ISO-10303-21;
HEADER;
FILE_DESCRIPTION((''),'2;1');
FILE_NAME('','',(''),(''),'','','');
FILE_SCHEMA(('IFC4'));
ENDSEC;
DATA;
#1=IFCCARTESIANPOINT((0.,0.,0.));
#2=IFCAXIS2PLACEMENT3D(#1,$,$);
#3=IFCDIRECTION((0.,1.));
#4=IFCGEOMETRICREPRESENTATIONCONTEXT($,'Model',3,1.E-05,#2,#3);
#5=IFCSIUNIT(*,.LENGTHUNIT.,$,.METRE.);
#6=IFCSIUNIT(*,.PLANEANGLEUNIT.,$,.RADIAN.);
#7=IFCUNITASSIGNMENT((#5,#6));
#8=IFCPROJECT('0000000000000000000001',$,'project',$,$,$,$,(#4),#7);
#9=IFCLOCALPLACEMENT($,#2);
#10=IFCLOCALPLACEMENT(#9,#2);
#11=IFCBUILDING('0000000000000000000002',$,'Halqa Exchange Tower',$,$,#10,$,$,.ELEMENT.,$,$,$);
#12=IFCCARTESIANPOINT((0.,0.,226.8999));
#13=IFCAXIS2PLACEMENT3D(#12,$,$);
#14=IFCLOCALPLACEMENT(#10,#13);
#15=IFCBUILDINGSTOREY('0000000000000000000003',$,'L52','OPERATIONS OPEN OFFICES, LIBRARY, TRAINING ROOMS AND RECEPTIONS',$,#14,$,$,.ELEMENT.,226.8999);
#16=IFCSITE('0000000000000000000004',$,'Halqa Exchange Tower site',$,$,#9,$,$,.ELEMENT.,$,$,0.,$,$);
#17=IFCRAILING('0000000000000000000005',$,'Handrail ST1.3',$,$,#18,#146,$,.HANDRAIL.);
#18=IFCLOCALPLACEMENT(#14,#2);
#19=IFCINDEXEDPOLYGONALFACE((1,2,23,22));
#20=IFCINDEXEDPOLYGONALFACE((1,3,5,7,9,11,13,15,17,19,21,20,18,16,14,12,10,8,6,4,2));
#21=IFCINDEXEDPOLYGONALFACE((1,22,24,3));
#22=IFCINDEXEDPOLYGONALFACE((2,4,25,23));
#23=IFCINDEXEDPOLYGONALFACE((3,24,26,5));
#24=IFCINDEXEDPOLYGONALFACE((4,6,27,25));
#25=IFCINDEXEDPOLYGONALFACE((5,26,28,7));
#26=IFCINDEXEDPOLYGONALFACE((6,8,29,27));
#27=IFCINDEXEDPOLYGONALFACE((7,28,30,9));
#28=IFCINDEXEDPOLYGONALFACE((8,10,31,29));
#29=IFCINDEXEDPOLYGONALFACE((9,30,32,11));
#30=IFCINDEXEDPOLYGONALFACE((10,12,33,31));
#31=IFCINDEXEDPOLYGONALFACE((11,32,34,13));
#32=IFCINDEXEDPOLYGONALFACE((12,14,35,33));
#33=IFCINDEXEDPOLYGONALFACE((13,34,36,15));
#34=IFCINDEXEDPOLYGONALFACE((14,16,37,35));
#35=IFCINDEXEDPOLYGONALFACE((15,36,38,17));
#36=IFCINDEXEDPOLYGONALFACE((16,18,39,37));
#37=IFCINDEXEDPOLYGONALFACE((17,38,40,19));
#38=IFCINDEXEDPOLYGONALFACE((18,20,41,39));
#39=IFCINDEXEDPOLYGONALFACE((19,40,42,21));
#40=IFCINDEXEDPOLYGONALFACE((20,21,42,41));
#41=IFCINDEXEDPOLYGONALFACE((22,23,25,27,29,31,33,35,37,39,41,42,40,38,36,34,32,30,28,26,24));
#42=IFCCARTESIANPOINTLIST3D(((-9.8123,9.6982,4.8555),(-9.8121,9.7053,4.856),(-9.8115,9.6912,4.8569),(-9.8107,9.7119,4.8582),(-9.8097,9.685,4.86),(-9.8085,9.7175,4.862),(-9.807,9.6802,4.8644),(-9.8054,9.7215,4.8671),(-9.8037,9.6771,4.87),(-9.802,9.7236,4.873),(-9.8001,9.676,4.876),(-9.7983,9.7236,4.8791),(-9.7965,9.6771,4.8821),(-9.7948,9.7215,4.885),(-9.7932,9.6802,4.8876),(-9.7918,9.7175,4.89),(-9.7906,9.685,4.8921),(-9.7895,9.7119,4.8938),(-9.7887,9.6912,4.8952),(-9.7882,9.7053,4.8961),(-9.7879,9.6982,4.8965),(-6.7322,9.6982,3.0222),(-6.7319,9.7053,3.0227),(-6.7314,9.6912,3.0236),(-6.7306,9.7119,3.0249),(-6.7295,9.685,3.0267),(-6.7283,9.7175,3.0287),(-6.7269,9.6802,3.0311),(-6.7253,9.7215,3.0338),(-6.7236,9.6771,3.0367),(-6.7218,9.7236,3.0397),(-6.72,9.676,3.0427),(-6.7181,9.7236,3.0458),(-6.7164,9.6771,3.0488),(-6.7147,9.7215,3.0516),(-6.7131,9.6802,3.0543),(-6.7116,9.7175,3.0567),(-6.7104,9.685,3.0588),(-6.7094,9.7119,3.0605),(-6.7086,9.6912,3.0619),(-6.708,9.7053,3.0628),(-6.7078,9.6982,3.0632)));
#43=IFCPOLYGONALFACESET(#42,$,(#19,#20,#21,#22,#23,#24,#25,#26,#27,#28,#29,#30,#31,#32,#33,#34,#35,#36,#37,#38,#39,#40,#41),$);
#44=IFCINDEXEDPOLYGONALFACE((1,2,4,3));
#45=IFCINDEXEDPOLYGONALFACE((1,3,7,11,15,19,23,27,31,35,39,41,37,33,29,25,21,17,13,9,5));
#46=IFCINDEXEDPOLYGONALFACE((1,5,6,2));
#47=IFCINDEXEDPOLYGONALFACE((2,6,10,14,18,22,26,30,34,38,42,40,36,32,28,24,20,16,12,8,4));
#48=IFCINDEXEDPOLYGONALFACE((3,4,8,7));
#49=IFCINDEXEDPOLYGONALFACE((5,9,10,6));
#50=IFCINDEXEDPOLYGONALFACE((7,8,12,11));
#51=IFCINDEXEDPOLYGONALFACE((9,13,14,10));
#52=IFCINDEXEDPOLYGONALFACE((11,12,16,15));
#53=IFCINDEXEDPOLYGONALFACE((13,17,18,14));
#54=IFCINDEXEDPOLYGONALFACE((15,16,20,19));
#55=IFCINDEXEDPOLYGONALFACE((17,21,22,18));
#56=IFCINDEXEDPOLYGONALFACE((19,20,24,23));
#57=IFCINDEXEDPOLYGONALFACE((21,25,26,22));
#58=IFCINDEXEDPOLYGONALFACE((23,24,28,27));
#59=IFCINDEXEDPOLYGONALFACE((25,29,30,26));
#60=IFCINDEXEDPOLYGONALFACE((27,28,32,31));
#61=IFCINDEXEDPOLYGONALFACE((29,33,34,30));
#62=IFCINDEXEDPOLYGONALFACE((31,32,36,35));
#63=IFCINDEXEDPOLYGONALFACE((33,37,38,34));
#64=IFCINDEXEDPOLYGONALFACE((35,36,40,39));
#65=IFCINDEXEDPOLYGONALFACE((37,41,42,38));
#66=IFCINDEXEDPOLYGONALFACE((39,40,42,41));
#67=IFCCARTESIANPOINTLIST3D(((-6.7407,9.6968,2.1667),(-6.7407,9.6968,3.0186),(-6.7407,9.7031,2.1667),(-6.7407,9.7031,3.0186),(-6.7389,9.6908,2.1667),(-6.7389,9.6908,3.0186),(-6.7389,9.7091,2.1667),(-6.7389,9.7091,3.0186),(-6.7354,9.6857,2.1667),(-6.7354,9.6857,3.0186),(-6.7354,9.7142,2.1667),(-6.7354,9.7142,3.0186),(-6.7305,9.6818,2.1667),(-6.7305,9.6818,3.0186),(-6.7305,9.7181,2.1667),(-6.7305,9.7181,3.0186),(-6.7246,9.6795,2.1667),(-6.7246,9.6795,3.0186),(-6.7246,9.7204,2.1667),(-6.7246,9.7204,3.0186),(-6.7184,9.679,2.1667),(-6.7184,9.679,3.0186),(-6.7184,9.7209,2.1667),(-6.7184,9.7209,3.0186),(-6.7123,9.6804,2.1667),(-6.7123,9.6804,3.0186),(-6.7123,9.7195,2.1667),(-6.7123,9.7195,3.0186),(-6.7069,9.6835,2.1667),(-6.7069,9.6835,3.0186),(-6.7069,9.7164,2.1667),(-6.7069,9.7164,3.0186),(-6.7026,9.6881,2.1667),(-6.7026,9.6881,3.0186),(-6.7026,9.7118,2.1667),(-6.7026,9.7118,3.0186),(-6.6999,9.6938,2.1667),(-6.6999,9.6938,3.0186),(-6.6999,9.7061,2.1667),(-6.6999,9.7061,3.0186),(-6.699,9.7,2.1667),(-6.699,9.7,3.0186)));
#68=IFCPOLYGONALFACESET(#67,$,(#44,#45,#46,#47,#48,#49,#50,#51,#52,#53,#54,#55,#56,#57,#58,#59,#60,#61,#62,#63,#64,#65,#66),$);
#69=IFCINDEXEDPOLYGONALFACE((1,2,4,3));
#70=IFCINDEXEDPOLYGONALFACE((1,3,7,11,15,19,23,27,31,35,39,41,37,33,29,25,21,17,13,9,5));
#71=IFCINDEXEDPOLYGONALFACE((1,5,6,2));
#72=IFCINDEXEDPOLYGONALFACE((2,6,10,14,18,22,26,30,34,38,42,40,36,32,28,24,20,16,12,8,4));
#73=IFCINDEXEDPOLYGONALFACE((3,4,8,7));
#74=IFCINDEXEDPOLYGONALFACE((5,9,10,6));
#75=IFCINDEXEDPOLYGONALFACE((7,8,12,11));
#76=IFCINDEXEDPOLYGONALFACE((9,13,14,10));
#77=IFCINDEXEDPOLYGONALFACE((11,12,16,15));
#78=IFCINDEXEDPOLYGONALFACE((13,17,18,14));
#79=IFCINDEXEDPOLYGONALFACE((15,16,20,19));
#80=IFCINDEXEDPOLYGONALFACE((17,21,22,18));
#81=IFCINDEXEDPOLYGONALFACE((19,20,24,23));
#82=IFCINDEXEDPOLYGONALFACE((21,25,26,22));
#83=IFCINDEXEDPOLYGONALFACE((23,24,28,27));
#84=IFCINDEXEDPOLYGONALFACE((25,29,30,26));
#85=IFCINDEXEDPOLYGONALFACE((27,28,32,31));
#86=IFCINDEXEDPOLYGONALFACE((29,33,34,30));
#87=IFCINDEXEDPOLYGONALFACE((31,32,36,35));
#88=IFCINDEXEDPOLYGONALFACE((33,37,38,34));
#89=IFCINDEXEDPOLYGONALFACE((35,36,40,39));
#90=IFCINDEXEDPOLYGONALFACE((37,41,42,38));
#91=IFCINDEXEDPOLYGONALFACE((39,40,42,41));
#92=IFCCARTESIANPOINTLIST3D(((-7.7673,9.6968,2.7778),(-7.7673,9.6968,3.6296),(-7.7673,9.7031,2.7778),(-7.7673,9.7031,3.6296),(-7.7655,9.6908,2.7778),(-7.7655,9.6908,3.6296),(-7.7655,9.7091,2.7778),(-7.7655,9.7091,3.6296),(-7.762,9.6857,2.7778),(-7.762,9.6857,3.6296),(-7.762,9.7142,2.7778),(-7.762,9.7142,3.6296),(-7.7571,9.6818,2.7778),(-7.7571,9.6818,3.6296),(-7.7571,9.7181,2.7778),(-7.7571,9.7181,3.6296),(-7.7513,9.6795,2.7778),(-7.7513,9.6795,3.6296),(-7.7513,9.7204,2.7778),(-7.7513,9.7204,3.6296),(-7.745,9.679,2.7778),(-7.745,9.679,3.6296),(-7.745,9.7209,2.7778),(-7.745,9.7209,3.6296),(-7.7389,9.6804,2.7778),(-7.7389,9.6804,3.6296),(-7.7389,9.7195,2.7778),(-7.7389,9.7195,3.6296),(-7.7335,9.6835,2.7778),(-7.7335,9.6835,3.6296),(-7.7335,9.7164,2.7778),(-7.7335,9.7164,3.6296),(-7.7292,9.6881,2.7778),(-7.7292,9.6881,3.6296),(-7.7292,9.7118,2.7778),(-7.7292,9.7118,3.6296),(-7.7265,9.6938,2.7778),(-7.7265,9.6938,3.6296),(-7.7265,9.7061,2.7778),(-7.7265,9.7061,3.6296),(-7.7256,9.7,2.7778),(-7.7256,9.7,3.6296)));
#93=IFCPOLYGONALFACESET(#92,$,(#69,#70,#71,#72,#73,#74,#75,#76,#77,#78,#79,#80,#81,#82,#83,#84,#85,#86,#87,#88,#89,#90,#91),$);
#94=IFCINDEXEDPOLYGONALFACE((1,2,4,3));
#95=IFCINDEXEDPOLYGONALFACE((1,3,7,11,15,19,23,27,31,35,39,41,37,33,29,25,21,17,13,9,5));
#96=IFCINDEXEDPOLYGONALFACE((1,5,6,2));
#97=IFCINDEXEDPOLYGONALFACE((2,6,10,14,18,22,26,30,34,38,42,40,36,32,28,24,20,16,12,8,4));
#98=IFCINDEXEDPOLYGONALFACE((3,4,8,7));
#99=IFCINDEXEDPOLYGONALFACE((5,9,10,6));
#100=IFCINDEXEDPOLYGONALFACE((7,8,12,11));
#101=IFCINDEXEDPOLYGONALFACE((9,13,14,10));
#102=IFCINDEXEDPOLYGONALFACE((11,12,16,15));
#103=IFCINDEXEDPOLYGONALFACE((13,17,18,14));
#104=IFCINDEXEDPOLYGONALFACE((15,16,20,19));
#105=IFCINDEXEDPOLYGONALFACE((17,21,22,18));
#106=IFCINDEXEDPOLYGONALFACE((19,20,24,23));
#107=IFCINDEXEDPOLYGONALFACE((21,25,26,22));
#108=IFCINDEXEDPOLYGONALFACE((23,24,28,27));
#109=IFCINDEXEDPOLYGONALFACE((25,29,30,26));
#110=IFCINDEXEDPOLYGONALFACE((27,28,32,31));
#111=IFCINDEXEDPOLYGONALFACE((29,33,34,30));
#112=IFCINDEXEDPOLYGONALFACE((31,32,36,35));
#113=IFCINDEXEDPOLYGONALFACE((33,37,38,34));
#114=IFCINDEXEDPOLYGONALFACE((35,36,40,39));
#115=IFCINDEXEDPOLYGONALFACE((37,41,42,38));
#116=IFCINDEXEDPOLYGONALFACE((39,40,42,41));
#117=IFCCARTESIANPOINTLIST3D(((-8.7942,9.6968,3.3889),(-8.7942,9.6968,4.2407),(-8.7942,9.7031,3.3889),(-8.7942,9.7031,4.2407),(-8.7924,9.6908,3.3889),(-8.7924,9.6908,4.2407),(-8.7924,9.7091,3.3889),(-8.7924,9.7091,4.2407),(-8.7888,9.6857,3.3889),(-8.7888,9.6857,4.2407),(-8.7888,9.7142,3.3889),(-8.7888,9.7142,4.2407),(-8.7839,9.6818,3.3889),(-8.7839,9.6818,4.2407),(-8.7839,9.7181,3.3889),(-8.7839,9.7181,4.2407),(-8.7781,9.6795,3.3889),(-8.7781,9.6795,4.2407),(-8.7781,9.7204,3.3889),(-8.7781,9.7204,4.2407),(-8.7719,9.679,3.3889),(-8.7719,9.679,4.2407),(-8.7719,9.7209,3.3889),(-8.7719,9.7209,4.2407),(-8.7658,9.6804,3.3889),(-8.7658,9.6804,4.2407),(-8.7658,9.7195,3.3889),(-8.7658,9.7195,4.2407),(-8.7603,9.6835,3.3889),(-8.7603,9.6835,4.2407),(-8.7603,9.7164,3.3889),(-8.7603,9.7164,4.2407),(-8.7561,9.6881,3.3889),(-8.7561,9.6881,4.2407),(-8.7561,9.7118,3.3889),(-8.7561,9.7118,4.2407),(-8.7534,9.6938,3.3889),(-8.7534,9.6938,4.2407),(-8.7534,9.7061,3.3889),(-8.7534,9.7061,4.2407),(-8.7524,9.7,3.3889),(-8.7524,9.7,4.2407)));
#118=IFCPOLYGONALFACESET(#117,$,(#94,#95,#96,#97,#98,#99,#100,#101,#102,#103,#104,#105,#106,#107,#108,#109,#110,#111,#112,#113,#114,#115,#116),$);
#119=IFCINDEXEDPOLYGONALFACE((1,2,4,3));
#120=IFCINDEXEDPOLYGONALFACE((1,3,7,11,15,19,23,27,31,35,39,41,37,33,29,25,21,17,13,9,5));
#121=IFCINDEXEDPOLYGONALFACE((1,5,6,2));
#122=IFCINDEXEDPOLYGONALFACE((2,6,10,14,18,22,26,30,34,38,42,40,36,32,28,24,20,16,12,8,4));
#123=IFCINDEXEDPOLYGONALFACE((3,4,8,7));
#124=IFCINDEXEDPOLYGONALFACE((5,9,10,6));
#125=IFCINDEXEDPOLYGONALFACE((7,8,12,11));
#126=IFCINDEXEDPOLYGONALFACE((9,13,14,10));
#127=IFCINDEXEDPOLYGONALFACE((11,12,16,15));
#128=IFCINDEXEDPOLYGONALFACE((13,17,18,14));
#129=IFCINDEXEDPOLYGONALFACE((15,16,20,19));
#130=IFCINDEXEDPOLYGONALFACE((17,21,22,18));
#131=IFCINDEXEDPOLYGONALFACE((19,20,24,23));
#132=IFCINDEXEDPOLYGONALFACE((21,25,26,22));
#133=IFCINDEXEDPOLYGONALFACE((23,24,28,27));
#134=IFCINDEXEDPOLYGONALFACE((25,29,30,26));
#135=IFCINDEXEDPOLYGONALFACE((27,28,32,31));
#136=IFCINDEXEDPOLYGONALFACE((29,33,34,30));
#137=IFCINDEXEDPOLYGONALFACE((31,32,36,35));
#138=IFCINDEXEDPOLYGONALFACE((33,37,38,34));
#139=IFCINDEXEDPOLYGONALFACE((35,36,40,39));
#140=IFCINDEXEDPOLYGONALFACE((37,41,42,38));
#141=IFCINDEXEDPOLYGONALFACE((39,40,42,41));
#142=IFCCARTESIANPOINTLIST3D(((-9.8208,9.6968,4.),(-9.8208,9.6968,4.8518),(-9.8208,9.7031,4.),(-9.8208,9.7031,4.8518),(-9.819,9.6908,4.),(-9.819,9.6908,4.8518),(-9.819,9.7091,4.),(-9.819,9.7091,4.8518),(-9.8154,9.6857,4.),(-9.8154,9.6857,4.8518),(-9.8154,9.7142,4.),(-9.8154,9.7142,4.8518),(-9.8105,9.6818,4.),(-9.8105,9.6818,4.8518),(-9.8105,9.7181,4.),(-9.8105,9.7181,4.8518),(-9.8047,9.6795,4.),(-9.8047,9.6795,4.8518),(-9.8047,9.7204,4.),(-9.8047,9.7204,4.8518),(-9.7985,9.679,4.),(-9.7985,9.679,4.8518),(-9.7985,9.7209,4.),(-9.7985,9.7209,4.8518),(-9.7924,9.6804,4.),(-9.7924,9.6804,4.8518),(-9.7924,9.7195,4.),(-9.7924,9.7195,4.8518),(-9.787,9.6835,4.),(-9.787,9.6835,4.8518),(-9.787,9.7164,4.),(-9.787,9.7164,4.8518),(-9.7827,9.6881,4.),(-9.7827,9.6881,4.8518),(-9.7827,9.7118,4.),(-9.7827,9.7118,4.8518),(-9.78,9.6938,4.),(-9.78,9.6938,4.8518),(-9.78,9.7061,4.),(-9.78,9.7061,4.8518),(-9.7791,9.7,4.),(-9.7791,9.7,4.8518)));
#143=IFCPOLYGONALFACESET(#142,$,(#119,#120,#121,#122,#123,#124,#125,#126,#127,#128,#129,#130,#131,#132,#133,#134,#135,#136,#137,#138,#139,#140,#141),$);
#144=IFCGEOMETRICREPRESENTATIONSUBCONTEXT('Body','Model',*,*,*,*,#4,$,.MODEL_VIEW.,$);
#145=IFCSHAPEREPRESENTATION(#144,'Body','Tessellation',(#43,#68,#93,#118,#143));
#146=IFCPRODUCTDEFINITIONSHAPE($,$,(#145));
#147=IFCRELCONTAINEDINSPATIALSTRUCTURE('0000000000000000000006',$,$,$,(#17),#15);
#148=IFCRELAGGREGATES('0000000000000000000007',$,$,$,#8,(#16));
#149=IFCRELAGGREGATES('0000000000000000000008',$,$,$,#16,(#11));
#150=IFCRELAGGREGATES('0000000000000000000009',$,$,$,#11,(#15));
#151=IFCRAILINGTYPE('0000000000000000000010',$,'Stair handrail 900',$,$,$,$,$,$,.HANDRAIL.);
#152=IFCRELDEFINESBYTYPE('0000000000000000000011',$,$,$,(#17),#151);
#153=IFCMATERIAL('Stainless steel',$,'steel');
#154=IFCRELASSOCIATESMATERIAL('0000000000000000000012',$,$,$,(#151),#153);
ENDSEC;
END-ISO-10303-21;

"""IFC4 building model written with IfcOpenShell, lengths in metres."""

from ifc_helpers import new_model, si_unit, direction, frame, origin, origin_2d, place, context, subcontext, project, spatial, circle, extrude, material, type_object, element, save


model = new_model("IFC4")

# Units and contexts
model_context = context("Model", 3, precision=1e-05, world=origin(), true_north=direction((0.0, 1.0)))
body_context = subcontext(model_context, "Body", "Model", "MODEL_VIEW")
ifc_project = project(units=[si_unit("LENGTHUNIT", "METRE"), si_unit("PLANEANGLEUNIT", "RADIAN")], contexts=[model_context])

# Site, building, storey
site_placement = place(None, origin())
site = spatial("IfcSite", under=ifc_project, at=site_placement, Name="Halqa Exchange Tower site", CompositionType="ELEMENT", RefElevation=0.0)
building_placement = place(site_placement, origin())
building = spatial("IfcBuilding", under=site, at=building_placement, Name="Halqa Exchange Tower", CompositionType="ELEMENT")
storey_placement = place(building_placement, frame((0.0, 0.0, 226.8999)))
storey = spatial("IfcBuildingStorey", under=building, at=storey_placement, Name="L52", Description="OPERATIONS OPEN OFFICES, LIBRARY, TRAINING ROOMS AND RECEPTIONS", CompositionType="ELEMENT", Elevation=226.8999)

# Railing
ifc_material_1 = material(Name="Stainless steel", Category="steel")
railing_type_1 = type_object("IfcRailingType", Name="Stair handrail 900", PredefinedType="HANDRAIL", material=ifc_material_1)
railing_1_placement = place(storey_placement, frame((-6.72, 9.7, 2.1667)))
element("IfcRailing", 1, at=railing_1_placement, inside=storey, type_object=railing_type_1, Name="Handrail ST1.3", PredefinedType="HANDRAIL", context=body_context, shape_type="SweptSolid", body=[
    extrude(circle(Radius=0.0239, at=origin_2d()), frame((0.0, 0.0, 0.876), z_axis=(-0.859309, 0.0, 0.511458), x_axis=(0.0, -1.0, 0.0)), (0.0, 0.0, 1.0), 3.5845),
    extrude(circle(Radius=0.021, at=origin_2d()), origin(), (0.0, 0.0, 1.0), 0.8518),
    extrude(circle(Radius=0.021, at=origin_2d()), frame((-1.0266, 0.0, 0.6111)), (0.0, 0.0, 1.0), 0.8518),
    extrude(circle(Radius=0.021, at=origin_2d()), frame((-2.0535, 0.0, 1.2222)), (0.0, 0.0, 1.0), 0.8518),
    extrude(circle(Radius=0.021, at=origin_2d()), frame((-3.0801, 0.0, 1.8333)), (0.0, 0.0, 1.0), 0.8518),
])

save(model, "model.ifc")
